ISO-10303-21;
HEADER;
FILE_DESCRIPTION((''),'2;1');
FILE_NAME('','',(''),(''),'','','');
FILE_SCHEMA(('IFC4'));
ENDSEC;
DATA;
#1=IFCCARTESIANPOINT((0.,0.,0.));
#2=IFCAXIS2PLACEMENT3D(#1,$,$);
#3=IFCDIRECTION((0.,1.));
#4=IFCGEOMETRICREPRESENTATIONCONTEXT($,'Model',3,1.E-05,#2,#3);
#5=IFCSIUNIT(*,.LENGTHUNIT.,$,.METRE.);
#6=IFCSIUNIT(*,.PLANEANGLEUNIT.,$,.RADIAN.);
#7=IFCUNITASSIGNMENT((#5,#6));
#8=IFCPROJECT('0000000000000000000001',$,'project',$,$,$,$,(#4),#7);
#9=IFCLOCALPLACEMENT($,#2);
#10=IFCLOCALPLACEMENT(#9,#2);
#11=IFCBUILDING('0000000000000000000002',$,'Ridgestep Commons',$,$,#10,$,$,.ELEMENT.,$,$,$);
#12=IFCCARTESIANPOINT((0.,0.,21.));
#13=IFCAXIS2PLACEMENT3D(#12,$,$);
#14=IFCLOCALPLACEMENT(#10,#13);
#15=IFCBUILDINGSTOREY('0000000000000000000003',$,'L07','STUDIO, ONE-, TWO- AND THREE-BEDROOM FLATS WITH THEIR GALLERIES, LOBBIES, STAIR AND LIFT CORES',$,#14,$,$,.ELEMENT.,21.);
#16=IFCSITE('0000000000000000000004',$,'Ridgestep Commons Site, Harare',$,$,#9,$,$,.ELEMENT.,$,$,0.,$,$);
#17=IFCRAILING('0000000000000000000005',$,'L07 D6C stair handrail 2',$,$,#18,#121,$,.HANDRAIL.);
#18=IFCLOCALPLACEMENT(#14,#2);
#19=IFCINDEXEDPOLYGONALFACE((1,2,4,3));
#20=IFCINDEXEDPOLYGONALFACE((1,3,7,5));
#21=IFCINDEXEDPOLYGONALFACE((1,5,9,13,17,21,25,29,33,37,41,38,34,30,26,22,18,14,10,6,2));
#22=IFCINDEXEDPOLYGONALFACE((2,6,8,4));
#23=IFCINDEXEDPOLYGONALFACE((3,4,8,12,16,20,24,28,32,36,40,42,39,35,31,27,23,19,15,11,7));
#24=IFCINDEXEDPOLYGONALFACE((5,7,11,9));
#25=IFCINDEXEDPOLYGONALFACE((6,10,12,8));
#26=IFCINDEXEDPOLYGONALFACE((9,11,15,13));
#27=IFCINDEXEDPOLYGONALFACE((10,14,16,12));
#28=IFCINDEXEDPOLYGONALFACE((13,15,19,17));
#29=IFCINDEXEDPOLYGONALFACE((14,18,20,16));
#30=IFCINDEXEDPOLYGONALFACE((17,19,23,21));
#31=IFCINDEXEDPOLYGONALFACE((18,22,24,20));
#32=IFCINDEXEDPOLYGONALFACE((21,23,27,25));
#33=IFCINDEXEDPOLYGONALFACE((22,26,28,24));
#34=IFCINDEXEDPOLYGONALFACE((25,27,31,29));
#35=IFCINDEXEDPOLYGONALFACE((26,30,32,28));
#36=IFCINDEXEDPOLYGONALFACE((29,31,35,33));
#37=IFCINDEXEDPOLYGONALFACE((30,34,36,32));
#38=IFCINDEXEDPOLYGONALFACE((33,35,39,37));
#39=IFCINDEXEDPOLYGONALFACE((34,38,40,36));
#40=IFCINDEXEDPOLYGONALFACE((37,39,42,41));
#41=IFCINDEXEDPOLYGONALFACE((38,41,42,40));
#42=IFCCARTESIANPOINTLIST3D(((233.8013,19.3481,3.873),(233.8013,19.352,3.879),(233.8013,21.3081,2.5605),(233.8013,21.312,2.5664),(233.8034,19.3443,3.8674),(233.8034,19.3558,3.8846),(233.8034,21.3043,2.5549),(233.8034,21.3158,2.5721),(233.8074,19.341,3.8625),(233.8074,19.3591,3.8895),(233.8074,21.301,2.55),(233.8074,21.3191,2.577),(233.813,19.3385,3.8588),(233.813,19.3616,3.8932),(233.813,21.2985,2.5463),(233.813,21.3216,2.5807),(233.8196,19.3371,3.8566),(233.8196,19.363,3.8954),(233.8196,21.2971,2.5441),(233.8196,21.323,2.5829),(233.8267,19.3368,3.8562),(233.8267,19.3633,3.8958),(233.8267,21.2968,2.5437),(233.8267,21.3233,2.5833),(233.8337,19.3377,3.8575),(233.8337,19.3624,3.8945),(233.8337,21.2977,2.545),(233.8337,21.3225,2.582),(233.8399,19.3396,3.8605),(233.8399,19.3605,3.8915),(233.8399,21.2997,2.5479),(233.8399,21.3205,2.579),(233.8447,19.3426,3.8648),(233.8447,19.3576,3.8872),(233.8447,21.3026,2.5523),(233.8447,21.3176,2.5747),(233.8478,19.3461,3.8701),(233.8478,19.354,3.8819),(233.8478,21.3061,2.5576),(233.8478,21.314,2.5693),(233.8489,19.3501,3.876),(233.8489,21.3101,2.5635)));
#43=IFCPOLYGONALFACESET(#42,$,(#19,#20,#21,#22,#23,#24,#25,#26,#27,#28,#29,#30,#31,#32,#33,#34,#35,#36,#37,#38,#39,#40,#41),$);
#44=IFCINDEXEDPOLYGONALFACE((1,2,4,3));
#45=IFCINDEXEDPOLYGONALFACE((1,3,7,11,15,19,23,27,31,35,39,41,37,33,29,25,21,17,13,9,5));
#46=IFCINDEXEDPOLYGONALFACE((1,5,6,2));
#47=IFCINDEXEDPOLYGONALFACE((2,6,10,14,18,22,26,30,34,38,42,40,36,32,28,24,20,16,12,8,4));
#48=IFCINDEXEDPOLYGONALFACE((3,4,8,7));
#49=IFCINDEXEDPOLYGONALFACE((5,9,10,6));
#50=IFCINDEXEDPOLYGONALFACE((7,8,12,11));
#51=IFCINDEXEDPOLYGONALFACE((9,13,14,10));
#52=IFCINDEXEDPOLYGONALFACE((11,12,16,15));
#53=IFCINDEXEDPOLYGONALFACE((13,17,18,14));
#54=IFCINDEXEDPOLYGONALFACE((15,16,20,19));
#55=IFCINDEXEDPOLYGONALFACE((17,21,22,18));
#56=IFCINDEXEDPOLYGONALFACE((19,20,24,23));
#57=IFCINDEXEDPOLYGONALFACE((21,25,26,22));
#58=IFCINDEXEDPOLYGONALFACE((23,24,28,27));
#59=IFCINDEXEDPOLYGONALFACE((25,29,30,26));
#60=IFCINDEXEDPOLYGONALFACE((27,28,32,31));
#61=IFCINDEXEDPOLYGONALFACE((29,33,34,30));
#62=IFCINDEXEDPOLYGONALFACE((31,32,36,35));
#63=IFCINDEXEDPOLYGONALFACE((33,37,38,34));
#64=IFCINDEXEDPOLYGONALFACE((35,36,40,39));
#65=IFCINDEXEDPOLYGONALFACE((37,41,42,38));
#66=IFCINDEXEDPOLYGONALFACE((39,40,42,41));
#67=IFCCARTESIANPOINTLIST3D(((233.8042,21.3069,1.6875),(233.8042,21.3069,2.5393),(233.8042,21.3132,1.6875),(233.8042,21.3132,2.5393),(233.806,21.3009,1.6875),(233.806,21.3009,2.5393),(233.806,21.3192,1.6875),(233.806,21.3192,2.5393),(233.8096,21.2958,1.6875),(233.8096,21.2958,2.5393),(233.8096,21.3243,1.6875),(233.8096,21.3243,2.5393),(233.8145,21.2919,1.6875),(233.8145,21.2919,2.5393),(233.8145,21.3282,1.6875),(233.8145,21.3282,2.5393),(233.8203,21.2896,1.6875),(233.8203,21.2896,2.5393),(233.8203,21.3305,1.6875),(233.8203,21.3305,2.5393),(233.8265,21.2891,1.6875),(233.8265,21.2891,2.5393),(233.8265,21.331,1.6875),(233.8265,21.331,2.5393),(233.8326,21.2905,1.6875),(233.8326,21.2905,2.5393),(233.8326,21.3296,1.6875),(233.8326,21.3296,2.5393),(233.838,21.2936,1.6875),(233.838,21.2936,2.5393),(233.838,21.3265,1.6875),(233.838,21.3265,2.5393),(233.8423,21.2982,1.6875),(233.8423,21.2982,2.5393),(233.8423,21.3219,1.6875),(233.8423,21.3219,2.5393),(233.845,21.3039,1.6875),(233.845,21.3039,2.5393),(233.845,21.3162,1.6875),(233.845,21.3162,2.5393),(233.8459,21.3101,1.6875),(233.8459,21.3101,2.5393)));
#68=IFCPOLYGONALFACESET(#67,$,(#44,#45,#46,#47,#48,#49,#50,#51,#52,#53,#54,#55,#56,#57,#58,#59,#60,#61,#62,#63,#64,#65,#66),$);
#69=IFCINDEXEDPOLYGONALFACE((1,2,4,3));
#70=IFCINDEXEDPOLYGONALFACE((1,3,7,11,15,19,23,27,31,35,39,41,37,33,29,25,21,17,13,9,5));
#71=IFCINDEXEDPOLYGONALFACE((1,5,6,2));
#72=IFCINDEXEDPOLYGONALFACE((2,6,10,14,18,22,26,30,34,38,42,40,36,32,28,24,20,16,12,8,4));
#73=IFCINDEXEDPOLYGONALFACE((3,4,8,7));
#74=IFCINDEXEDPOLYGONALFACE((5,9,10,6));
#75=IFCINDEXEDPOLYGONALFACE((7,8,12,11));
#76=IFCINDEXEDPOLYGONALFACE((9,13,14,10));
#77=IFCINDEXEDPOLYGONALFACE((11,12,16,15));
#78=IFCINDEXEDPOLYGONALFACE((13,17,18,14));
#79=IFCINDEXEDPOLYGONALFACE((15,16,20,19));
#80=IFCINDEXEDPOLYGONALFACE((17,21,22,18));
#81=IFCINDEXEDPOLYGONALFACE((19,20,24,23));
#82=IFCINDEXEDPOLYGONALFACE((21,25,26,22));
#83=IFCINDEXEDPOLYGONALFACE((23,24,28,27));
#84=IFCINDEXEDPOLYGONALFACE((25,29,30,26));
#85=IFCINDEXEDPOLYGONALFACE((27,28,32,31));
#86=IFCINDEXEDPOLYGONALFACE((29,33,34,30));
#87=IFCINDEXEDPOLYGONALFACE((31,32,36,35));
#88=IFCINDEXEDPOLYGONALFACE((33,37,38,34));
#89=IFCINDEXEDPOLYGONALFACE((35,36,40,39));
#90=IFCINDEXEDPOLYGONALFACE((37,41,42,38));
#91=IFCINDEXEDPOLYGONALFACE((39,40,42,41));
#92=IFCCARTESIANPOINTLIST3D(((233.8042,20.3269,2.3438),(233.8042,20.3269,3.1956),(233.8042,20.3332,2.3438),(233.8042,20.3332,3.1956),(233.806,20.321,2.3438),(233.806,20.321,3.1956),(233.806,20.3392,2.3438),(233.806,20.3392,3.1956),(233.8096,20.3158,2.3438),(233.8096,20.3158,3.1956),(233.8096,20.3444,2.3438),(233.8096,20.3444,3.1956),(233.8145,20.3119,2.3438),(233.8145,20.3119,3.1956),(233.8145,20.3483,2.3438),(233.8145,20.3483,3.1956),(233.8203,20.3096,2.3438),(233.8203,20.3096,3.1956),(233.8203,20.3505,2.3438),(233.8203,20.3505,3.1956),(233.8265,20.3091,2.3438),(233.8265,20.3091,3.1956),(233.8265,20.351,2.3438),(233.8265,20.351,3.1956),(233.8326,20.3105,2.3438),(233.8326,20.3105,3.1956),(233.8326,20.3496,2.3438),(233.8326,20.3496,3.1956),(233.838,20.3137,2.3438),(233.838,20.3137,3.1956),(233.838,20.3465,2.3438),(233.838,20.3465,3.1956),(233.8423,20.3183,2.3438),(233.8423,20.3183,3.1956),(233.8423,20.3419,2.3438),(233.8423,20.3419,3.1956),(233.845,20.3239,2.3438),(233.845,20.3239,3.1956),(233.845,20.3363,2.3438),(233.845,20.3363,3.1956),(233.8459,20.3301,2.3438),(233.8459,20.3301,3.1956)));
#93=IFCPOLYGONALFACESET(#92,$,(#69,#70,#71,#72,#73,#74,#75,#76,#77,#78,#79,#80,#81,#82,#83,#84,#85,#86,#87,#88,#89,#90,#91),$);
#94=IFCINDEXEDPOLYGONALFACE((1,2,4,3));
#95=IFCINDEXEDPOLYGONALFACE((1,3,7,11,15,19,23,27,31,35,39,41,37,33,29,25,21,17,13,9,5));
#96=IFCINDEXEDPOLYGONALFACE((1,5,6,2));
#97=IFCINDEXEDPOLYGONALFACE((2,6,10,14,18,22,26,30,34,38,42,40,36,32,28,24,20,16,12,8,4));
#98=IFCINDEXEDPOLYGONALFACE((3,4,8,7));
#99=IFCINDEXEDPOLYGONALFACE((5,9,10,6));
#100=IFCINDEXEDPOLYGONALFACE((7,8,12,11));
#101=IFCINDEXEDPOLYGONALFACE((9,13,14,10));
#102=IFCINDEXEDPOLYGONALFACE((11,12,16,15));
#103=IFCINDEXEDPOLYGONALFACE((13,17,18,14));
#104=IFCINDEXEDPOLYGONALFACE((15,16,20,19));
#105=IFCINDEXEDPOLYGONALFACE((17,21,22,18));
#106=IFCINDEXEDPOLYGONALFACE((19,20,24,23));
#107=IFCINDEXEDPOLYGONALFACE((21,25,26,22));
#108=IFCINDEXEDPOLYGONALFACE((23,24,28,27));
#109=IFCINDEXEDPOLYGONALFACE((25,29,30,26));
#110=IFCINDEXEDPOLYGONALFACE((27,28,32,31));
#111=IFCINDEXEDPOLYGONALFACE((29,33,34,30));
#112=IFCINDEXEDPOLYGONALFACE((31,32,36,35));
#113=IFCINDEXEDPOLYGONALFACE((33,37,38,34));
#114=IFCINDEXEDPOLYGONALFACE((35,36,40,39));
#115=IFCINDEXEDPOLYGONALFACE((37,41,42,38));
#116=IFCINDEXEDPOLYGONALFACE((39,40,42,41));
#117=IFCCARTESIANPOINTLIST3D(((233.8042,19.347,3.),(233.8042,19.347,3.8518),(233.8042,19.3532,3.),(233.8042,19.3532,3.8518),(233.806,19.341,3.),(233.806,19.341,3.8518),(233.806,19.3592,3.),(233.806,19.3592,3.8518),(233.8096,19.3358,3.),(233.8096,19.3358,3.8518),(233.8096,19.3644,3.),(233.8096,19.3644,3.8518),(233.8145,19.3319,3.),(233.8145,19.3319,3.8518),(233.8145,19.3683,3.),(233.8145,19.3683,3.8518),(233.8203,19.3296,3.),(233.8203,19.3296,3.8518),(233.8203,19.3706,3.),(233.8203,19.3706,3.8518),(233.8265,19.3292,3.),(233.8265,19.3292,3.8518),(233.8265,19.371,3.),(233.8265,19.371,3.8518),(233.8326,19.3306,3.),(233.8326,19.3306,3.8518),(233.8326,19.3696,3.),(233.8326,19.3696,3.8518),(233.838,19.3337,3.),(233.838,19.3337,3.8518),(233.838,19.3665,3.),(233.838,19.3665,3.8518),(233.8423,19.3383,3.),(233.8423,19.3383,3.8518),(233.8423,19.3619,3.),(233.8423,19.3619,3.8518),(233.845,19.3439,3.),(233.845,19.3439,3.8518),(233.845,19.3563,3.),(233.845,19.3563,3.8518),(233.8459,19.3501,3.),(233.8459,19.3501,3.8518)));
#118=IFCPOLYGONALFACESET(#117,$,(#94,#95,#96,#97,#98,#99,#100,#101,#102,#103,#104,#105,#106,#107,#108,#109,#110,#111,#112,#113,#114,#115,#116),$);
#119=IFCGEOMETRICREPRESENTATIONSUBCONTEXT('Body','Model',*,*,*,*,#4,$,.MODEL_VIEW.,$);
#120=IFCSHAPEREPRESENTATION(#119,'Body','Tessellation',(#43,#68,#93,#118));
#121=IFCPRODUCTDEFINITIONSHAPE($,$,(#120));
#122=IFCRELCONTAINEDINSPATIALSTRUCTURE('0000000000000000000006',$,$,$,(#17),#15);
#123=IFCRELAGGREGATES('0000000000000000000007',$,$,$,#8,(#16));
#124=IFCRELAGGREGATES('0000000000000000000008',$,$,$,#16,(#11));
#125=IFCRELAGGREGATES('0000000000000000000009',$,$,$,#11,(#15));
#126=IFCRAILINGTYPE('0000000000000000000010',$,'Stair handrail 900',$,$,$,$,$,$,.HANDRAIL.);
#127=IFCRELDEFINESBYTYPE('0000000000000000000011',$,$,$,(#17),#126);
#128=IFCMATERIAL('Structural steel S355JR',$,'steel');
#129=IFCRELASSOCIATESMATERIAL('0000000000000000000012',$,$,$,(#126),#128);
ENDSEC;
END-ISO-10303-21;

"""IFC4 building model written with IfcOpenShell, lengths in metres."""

from ifc_helpers import new_model, si_unit, direction, frame, origin, origin_2d, place, context, subcontext, project, spatial, circle, extrude, material, type_object, element, save


model = new_model("IFC4")

# Units and contexts
model_context = context("Model", 3, precision=1e-05, world=origin(), true_north=direction((0.0, 1.0)))
body_context = subcontext(model_context, "Body", "Model", "MODEL_VIEW")
ifc_project = project(units=[si_unit("LENGTHUNIT", "METRE"), si_unit("PLANEANGLEUNIT", "RADIAN")], contexts=[model_context])

# Site, building, storey
site_placement = place(None, origin())
site = spatial("IfcSite", under=ifc_project, at=site_placement, Name="Ridgestep Commons Site, Harare", CompositionType="ELEMENT", RefElevation=0.0)
building_placement = place(site_placement, origin())
building = spatial("IfcBuilding", under=site, at=building_placement, Name="Ridgestep Commons", CompositionType="ELEMENT")
storey_placement = place(building_placement, frame((0.0, 0.0, 21.0)))
storey = spatial("IfcBuildingStorey", under=building, at=storey_placement, Name="L07", Description="STUDIO, ONE-, TWO- AND THREE-BEDROOM FLATS WITH THEIR GALLERIES, LOBBIES, STAIR AND LIFT CORES", CompositionType="ELEMENT", Elevation=21.0)

# Railing
ifc_material_1 = material(Name="Structural steel S355JR", Category="steel")
railing_type_1 = type_object("IfcRailingType", Name="Stair handrail 900", PredefinedType="HANDRAIL", material=ifc_material_1)
railing_1_placement = place(storey_placement, frame((233.825, 21.3101, 1.6875)))
element("IfcRailing", 1, at=railing_1_placement, inside=storey, type_object=railing_type_1, Name="L07 D6C stair handrail 2", PredefinedType="HANDRAIL", context=body_context, shape_type="SweptSolid", body=[
    extrude(circle(Radius=0.0239, at=origin_2d()), frame((0.0, 0.0, 0.876), z_axis=(0.0, -0.830902, 0.556419), x_axis=(1.0, 0.0, 0.0)), (0.0, 0.0, 1.0), 2.3589),
    extrude(circle(Radius=0.021, at=origin_2d()), origin(), (0.0, 0.0, 1.0), 0.8518),
    extrude(circle(Radius=0.021, at=origin_2d()), frame((0.0, -0.98, 0.6562)), (0.0, 0.0, 1.0), 0.8518),
    extrude(circle(Radius=0.021, at=origin_2d()), frame((0.0, -1.96, 1.3125)), (0.0, 0.0, 1.0), 0.8518),
])

save(model, "model.ifc")
